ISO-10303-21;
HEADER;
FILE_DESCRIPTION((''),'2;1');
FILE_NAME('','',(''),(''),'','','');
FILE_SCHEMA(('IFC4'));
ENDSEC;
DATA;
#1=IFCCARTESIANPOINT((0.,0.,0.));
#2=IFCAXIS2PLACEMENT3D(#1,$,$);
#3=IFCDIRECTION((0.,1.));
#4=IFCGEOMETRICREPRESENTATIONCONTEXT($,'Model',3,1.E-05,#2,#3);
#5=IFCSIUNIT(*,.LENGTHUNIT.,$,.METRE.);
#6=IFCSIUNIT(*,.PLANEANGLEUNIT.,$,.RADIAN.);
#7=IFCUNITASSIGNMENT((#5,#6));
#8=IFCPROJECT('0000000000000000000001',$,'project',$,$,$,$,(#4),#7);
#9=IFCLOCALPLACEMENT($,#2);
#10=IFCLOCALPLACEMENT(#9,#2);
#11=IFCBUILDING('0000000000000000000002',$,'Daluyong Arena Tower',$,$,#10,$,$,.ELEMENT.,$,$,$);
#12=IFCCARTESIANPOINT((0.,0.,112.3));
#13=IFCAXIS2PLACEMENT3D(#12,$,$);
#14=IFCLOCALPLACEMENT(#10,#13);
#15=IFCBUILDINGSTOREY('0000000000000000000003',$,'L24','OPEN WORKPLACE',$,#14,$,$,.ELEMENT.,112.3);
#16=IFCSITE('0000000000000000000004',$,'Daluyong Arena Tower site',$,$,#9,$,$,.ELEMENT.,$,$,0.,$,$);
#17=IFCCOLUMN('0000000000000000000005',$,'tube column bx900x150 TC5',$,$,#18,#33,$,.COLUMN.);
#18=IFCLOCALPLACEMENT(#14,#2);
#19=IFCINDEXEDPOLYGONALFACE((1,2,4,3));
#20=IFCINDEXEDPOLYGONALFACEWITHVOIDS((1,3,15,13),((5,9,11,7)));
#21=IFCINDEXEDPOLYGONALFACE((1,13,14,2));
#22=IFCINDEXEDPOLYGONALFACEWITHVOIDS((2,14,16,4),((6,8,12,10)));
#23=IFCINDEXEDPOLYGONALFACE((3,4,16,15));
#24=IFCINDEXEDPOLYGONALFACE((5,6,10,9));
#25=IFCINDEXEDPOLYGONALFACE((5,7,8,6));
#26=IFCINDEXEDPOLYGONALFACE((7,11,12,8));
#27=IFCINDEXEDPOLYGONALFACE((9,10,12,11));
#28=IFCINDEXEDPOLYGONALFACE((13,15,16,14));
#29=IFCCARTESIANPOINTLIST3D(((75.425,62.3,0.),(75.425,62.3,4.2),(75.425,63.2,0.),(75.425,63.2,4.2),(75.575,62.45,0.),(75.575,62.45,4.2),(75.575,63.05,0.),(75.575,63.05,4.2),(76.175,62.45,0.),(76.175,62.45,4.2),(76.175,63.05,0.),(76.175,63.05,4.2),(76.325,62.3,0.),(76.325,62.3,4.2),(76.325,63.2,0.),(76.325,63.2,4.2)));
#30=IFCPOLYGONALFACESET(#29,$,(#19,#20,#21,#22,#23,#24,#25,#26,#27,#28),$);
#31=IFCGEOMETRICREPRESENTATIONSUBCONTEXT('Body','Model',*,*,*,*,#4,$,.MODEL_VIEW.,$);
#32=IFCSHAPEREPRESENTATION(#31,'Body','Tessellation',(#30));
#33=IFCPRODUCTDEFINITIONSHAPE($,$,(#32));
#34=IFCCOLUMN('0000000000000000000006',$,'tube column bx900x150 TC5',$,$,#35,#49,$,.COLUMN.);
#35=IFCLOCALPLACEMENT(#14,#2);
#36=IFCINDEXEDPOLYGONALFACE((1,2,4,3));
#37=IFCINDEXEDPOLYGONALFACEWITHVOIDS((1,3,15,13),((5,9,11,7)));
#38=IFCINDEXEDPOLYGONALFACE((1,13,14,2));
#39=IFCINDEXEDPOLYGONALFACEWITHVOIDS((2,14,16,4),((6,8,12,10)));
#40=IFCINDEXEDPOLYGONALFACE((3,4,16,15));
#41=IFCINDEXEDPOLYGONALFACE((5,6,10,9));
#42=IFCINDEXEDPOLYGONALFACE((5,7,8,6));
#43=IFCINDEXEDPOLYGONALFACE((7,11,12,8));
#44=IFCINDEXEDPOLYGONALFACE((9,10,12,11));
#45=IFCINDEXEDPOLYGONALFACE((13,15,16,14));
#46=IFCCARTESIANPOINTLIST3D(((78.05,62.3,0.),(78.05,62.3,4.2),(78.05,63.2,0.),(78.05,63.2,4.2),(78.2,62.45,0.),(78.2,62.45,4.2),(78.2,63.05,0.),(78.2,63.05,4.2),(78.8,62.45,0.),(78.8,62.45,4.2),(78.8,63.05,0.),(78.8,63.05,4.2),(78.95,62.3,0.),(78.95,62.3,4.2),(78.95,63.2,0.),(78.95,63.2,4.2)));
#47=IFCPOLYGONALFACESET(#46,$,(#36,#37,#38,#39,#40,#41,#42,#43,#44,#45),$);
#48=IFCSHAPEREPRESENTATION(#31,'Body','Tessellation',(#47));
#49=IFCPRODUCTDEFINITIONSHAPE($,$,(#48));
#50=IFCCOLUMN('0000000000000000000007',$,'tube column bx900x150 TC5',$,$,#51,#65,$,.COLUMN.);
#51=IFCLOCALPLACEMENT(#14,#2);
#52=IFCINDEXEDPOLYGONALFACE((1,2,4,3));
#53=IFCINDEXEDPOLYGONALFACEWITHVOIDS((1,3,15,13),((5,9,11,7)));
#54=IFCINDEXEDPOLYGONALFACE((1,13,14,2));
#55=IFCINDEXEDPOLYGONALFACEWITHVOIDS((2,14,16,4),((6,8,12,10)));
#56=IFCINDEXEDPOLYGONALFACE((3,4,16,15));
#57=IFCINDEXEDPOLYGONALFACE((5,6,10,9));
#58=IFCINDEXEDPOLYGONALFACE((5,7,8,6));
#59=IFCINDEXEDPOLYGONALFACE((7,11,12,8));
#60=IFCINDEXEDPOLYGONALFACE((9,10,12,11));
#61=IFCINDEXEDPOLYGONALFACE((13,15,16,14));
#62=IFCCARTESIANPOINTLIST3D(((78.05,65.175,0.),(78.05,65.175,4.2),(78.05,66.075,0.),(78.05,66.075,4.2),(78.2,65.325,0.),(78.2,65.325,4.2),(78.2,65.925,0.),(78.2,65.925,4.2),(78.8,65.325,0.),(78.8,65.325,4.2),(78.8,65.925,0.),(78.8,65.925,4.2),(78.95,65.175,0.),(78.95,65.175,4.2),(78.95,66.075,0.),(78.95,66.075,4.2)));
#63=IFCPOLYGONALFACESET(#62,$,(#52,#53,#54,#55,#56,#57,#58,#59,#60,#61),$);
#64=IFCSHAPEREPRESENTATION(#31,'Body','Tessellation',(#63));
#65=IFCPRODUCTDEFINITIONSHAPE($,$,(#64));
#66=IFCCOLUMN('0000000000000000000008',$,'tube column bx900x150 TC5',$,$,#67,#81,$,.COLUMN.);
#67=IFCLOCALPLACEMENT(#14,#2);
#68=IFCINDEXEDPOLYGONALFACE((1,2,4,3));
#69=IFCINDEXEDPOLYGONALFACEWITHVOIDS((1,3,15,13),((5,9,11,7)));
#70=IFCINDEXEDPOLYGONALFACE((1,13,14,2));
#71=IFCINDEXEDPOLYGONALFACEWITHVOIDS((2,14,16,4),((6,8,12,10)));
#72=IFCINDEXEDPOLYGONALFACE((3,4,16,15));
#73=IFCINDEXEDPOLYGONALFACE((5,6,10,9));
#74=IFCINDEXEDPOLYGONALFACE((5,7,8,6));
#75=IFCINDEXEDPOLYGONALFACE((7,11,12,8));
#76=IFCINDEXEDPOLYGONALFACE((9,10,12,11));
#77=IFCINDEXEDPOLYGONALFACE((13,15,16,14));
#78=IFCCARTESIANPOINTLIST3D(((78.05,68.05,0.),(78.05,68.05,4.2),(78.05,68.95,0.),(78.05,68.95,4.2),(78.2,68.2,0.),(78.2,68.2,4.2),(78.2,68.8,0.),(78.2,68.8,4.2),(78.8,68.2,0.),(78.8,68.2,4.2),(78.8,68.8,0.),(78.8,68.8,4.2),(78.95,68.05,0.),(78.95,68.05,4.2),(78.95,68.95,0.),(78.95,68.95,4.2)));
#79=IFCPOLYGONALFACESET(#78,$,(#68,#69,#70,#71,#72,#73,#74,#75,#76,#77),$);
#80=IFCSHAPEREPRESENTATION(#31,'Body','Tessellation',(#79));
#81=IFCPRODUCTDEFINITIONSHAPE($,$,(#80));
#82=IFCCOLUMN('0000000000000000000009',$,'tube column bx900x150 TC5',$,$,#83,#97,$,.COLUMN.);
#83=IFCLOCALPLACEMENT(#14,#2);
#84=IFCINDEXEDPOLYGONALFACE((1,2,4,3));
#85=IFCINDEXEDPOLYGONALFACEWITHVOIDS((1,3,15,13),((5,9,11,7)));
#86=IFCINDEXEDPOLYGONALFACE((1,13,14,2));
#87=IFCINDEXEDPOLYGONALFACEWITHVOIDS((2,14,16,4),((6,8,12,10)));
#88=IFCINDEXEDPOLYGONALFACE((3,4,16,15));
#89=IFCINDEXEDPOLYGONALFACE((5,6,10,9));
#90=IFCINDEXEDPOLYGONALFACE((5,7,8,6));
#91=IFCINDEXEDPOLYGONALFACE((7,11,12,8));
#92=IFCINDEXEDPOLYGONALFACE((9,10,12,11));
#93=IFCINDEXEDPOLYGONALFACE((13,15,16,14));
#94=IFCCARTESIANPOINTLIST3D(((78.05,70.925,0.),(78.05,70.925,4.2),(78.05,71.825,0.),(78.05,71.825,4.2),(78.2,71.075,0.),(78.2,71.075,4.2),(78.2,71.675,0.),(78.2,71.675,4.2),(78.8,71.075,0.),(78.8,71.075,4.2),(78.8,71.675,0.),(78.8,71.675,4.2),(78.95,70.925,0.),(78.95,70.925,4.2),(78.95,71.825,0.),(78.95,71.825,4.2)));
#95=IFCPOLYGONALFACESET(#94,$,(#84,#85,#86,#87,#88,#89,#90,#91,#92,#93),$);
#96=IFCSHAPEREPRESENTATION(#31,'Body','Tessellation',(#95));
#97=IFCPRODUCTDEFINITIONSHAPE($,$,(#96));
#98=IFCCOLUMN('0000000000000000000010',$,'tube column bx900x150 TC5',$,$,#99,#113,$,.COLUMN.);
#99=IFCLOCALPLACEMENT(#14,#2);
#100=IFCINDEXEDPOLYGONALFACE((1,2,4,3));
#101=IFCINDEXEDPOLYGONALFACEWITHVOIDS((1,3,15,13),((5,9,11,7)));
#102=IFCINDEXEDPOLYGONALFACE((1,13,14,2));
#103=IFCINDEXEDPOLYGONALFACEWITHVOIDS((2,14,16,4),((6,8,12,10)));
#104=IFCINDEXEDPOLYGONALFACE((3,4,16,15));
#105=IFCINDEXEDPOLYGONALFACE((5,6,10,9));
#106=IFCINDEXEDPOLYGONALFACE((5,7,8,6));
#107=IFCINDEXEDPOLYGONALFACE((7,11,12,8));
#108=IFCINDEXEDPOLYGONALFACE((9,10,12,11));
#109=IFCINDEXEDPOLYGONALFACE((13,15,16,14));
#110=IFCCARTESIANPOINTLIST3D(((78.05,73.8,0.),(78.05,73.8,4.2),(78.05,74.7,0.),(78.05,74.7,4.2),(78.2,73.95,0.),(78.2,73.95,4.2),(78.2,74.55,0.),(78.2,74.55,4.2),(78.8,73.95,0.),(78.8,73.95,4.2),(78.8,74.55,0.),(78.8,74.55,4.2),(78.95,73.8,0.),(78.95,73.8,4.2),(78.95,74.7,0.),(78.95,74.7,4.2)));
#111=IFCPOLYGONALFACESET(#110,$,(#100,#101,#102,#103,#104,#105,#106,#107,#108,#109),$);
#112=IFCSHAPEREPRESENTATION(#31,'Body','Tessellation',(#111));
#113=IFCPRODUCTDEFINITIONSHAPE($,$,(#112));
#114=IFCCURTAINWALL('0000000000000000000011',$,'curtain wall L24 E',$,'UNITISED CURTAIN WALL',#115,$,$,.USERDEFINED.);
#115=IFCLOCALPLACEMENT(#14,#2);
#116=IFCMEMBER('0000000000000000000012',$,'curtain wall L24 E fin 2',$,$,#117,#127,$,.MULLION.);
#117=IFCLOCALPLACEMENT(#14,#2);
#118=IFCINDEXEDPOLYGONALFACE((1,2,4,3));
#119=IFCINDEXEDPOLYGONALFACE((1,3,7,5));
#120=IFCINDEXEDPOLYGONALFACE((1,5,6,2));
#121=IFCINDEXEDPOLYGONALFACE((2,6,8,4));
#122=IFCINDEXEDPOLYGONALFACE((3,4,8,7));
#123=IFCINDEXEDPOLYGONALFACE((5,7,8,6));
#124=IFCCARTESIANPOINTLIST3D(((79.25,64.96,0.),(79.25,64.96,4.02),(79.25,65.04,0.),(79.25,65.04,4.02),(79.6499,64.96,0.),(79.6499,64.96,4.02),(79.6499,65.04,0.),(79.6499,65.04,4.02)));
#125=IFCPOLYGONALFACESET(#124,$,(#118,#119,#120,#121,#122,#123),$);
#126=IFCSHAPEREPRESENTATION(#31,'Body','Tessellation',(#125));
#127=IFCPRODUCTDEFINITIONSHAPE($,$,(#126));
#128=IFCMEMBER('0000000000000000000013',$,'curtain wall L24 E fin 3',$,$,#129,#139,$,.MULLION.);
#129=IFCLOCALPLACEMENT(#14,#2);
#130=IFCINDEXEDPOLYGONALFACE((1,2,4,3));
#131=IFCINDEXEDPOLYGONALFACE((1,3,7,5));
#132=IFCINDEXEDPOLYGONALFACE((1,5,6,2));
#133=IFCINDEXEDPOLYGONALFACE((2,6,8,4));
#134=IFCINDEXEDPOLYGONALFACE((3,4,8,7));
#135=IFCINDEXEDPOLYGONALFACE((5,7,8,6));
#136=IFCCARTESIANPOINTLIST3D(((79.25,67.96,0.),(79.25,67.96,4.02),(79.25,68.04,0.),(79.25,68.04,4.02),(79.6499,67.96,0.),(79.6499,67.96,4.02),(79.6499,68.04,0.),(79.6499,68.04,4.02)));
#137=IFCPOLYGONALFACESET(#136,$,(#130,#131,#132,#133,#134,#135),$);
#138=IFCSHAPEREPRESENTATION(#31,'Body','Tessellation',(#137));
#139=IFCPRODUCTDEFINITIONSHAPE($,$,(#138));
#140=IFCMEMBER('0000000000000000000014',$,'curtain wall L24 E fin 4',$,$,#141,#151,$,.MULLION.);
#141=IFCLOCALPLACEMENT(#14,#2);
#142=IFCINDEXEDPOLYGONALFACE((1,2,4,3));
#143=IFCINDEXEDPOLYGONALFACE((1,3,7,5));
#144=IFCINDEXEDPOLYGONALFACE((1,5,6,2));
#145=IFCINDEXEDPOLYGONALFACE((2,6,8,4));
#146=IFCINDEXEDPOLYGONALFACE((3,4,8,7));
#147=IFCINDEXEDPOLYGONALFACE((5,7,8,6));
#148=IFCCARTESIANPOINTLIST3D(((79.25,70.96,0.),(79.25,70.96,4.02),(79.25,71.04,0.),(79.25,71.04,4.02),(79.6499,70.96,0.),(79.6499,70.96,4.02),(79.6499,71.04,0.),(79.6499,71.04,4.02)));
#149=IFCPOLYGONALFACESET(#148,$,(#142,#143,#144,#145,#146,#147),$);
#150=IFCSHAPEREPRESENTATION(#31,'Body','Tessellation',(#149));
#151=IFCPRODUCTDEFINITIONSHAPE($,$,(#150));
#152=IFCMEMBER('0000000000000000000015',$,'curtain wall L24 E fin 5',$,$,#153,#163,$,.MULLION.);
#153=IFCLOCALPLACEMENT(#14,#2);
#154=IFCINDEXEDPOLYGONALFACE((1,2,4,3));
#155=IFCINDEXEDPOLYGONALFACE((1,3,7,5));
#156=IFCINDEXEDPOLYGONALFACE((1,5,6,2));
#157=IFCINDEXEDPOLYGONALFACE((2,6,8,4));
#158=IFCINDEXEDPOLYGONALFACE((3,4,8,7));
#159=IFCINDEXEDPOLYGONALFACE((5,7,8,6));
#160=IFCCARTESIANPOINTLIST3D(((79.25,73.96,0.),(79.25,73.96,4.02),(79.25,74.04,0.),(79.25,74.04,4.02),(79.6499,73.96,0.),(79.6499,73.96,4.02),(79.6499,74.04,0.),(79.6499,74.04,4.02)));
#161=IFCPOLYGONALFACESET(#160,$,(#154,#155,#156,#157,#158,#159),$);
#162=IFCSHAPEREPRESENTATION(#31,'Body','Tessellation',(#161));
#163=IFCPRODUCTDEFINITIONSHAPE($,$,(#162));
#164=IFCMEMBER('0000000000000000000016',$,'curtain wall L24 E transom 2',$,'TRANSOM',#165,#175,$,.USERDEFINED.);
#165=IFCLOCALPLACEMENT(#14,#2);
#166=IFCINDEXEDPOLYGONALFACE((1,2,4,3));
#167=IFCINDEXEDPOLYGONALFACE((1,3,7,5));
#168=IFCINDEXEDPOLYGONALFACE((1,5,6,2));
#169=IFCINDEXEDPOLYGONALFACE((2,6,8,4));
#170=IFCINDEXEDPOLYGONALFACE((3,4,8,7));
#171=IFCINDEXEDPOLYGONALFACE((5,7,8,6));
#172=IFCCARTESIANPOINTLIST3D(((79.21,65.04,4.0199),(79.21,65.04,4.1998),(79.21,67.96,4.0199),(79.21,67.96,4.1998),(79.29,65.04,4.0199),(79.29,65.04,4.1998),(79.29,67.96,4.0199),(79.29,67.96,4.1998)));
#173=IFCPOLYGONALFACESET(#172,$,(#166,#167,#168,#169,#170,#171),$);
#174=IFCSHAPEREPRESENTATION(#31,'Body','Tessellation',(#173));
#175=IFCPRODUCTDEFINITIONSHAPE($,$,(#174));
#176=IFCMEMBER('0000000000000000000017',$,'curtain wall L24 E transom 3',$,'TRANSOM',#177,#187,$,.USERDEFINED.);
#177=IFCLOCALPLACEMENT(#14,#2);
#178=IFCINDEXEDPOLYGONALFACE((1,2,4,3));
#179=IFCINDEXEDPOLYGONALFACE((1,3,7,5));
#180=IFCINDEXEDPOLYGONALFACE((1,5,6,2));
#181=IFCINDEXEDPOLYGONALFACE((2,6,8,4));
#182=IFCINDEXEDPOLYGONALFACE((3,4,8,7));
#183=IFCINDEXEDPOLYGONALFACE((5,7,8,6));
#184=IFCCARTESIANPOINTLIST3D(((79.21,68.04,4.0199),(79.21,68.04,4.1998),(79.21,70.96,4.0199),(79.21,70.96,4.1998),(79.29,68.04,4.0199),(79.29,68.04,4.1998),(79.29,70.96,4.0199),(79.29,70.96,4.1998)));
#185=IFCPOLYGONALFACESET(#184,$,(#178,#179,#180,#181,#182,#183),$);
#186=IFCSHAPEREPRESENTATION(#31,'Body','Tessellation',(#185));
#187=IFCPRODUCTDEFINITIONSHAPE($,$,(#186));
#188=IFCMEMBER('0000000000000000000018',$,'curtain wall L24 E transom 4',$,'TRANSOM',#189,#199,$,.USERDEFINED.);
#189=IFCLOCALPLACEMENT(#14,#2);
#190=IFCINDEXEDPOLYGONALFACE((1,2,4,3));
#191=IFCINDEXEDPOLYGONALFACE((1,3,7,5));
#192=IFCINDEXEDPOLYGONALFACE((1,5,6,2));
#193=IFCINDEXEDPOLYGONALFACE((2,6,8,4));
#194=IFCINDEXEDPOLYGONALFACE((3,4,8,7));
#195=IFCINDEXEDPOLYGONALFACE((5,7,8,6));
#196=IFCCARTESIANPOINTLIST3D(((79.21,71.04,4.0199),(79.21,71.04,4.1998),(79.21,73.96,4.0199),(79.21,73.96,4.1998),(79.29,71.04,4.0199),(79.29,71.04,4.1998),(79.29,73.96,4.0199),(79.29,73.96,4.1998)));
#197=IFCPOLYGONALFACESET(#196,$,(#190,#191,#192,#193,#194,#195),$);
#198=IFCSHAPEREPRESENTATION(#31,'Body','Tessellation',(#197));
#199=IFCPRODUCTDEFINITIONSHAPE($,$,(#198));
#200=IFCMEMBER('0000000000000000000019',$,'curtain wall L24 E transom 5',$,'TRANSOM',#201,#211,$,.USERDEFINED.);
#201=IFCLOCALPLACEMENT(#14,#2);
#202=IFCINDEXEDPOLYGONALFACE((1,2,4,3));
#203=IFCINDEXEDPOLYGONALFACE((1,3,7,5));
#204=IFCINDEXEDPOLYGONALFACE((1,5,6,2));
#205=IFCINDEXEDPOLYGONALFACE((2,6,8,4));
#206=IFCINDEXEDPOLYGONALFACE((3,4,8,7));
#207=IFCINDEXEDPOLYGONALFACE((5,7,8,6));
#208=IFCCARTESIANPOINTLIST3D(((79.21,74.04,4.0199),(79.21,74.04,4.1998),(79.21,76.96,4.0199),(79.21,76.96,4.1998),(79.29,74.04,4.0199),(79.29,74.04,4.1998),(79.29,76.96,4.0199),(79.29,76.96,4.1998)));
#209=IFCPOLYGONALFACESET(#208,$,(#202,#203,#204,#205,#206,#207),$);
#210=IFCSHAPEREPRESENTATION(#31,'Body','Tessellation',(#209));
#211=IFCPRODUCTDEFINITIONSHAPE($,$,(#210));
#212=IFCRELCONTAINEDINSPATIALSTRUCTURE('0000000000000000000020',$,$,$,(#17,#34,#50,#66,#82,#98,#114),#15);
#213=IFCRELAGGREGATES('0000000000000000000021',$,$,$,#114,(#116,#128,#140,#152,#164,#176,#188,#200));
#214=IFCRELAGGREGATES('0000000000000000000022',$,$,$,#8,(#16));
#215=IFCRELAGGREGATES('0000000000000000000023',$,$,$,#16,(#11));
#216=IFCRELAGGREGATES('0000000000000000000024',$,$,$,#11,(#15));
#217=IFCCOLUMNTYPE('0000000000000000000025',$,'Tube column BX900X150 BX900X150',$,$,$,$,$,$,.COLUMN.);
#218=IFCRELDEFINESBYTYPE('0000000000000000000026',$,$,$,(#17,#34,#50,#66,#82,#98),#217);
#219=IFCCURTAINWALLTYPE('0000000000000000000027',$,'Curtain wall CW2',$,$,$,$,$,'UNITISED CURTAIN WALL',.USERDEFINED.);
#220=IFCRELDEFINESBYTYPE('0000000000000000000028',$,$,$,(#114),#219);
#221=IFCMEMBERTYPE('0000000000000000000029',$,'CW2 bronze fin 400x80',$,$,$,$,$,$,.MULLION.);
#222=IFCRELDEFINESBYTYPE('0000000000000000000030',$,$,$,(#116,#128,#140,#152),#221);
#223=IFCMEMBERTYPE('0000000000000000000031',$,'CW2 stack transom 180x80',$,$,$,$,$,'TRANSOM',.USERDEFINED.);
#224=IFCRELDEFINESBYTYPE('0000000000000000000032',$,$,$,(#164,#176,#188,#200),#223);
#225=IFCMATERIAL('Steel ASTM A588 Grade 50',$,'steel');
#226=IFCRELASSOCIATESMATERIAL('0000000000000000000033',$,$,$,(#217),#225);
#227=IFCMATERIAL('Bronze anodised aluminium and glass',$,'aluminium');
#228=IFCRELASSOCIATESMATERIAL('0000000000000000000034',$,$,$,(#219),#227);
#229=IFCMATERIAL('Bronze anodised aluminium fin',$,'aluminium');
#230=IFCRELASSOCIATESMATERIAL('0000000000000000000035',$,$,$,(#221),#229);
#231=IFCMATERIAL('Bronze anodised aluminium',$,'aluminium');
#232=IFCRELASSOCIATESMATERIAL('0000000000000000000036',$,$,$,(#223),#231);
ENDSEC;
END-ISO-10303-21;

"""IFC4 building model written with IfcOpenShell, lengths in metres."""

from ifc_helpers import new_model, si_unit, direction, frame, origin, origin_2d, place, context, subcontext, project, spatial, rectangle, hollow_rectangle, extrude, material, material_profile, profile_set, type_object, element, aggregate, save


model = new_model("IFC4")

# Units and contexts
model_context = context("Model", 3, precision=1e-05, world=origin(), true_north=direction((0.0, 1.0)))
body_context = subcontext(model_context, "Body", "Model", "MODEL_VIEW")
ifc_project = project(units=[si_unit("LENGTHUNIT", "METRE"), si_unit("PLANEANGLEUNIT", "RADIAN")], contexts=[model_context])

# Site, building, storey
site_placement = place(None, origin())
site = spatial("IfcSite", under=ifc_project, at=site_placement, Name="Daluyong Arena Tower site", CompositionType="ELEMENT", RefElevation=0.0)
building_placement = place(site_placement, origin())
building = spatial("IfcBuilding", under=site, at=building_placement, Name="Daluyong Arena Tower", CompositionType="ELEMENT")
storey_placement = place(building_placement, frame((0.0, 0.0, 112.3)))
storey = spatial("IfcBuildingStorey", under=building, at=storey_placement, Name="L24", Description="OPEN WORKPLACE", CompositionType="ELEMENT", Elevation=112.3)

# Columns
ifc_material_1 = material(Name="Steel ASTM A588 Grade 50", Category="steel")
ifc_material_profile_1 = material_profile(ifc_material_1, hollow_rectangle(XDim=0.8999, YDim=0.8999, WallThickness=0.15, at=origin_2d()))
ifc_profile_set_1 = profile_set([ifc_material_profile_1], Name="Steel ASTM A588 Grade 50")
column_type = type_object("IfcColumnType", Name="Tube column BX900X150 BX900X150", PredefinedType="COLUMN", material=ifc_profile_set_1)
for number, where, z_axis, x_axis, name in (
    (1, (75.875, 62.75, 0.0), (0.0, 0.0, 1.0), (1.0, 0.0, 0.0), "tube column bx900x150 TC5"),
    (2, (78.5, 62.75, 0.0), (0.0, 0.0, 1.0), (0.0, 1.0, 0.0), "tube column bx900x150 TC5"),
    (3, (78.5, 65.625, 0.0), (0.0, 0.0, 1.0), (0.0, 1.0, 0.0), "tube column bx900x150 TC5"),
    (4, (78.5, 68.5, 0.0), (0.0, 0.0, 1.0), (0.0, 1.0, 0.0), "tube column bx900x150 TC5"),
    (5, (78.5, 71.375, 0.0), (0.0, 0.0, 1.0), (0.0, 1.0, 0.0), "tube column bx900x150 TC5"),
    (6, (78.5, 74.25, 0.0), (0.0, 0.0, 1.0), (0.0, 1.0, 0.0), "tube column bx900x150 TC5"),
):
    element("IfcColumn", number, at=place(storey_placement, frame(where, z_axis=z_axis, x_axis=x_axis)), inside=storey, type_object=column_type, Name=name, PredefinedType="COLUMN", context=body_context, shape_type="SweptSolid", body=[
        extrude(hollow_rectangle(XDim=0.8999, YDim=0.8999, WallThickness=0.15, at=origin_2d()), origin(), (0.0, 0.0, 1.0), 4.2),
    ])

# Curtain wall, members
ifc_material_2 = material(Name="Bronze anodised aluminium and glass", Category="aluminium")
curtain_wall_type = type_object("IfcCurtainWallType", Name="Curtain wall CW2", ElementType="UNITISED CURTAIN WALL", PredefinedType="USERDEFINED", material=ifc_material_2)
curtain_wall_placement = place(storey_placement, origin())
curtain_wall = element("IfcCurtainWall", 7, at=curtain_wall_placement, inside=storey, type_object=curtain_wall_type, Name="curtain wall L24 E", ObjectType="UNITISED CURTAIN WALL", PredefinedType="USERDEFINED")
ifc_material_3 = material(Name="Bronze anodised aluminium fin", Category="aluminium")
ifc_material_profile_2 = material_profile(ifc_material_3, rectangle(XDim=0.3999, YDim=0.0801, at=origin_2d()))
ifc_profile_set_2 = profile_set([ifc_material_profile_2], Name="Bronze anodised aluminium fin")
member_type_1 = type_object("IfcMemberType", Name="CW2 bronze fin 400x80", PredefinedType="MULLION", material=ifc_profile_set_2)
member_1_placement = place(storey_placement, frame((79.45, 65.0, 0.0), z_axis=(0.0, 0.0, 1.0), x_axis=(-1.0, 0.0, 0.0)))
member_1 = element("IfcMember", 8, at=member_1_placement, type_object=member_type_1, Name="curtain wall L24 E fin 2", PredefinedType="MULLION", context=body_context, shape_type="SweptSolid", body=[
    extrude(rectangle(XDim=0.3999, YDim=0.0801, at=origin_2d()), origin(), (0.0, 0.0, 1.0), 4.02),
])
member_2_placement = place(storey_placement, frame((79.45, 68.0, 0.0), z_axis=(0.0, 0.0, 1.0), x_axis=(-1.0, 0.0, 0.0)))
member_2 = element("IfcMember", 9, at=member_2_placement, type_object=member_type_1, Name="curtain wall L24 E fin 3", PredefinedType="MULLION", context=body_context, shape_type="SweptSolid", body=[
    extrude(rectangle(XDim=0.3999, YDim=0.0801, at=origin_2d()), origin(), (0.0, 0.0, 1.0), 4.02),
])
member_3_placement = place(storey_placement, frame((79.45, 71.0, 0.0), z_axis=(0.0, 0.0, 1.0), x_axis=(-1.0, 0.0, 0.0)))
member_3 = element("IfcMember", 10, at=member_3_placement, type_object=member_type_1, Name="curtain wall L24 E fin 4", PredefinedType="MULLION", context=body_context, shape_type="SweptSolid", body=[
    extrude(rectangle(XDim=0.3999, YDim=0.0801, at=origin_2d()), origin(), (0.0, 0.0, 1.0), 4.02),
])
member_4_placement = place(storey_placement, frame((79.45, 74.0, 0.0), z_axis=(0.0, 0.0, 1.0), x_axis=(-1.0, 0.0, 0.0)))
member_4 = element("IfcMember", 11, at=member_4_placement, type_object=member_type_1, Name="curtain wall L24 E fin 5", PredefinedType="MULLION", context=body_context, shape_type="SweptSolid", body=[
    extrude(rectangle(XDim=0.3999, YDim=0.0801, at=origin_2d()), origin(), (0.0, 0.0, 1.0), 4.02),
])
ifc_material_4 = material(Name="Bronze anodised aluminium", Category="aluminium")
ifc_material_profile_3 = material_profile(ifc_material_4, rectangle(XDim=0.0801, YDim=0.1799, at=origin_2d()))
ifc_profile_set_3 = profile_set([ifc_material_profile_3], Name="Bronze anodised aluminium")
member_type_2 = type_object("IfcMemberType", Name="CW2 stack transom 180x80", ElementType="TRANSOM", PredefinedType="USERDEFINED", material=ifc_profile_set_3)
member_5_placement = place(storey_placement, frame((79.25, 65.04, 4.1099), z_axis=(0.0, 1.0, 0.0), x_axis=(-1.0, 0.0, 0.0)))
member_5 = element("IfcMember", 12, at=member_5_placement, type_object=member_type_2, Name="curtain wall L24 E transom 2", ObjectType="TRANSOM", PredefinedType="USERDEFINED", context=body_context, shape_type="SweptSolid", body=[
    extrude(rectangle(XDim=0.0801, YDim=0.1799, at=origin_2d()), origin(), (0.0, 0.0, 1.0), 2.9199),
])
member_6_placement = place(storey_placement, frame((79.25, 68.04, 4.1099), z_axis=(0.0, 1.0, 0.0), x_axis=(-1.0, 0.0, 0.0)))
member_6 = element("IfcMember", 13, at=member_6_placement, type_object=member_type_2, Name="curtain wall L24 E transom 3", ObjectType="TRANSOM", PredefinedType="USERDEFINED", context=body_context, shape_type="SweptSolid", body=[
    extrude(rectangle(XDim=0.0801, YDim=0.1799, at=origin_2d()), origin(), (0.0, 0.0, 1.0), 2.9199),
])
member_7_placement = place(storey_placement, frame((79.25, 71.04, 4.1099), z_axis=(0.0, 1.0, 0.0), x_axis=(-1.0, 0.0, 0.0)))
member_7 = element("IfcMember", 14, at=member_7_placement, type_object=member_type_2, Name="curtain wall L24 E transom 4", ObjectType="TRANSOM", PredefinedType="USERDEFINED", context=body_context, shape_type="SweptSolid", body=[
    extrude(rectangle(XDim=0.0801, YDim=0.1799, at=origin_2d()), origin(), (0.0, 0.0, 1.0), 2.9199),
])
member_8_placement = place(storey_placement, frame((79.25, 74.04, 4.1099), z_axis=(0.0, 1.0, 0.0), x_axis=(-1.0, 0.0, 0.0)))
member_8 = element("IfcMember", 15, at=member_8_placement, type_object=member_type_2, Name="curtain wall L24 E transom 5", ObjectType="TRANSOM", PredefinedType="USERDEFINED", context=body_context, shape_type="SweptSolid", body=[
    extrude(rectangle(XDim=0.0801, YDim=0.1799, at=origin_2d()), origin(), (0.0, 0.0, 1.0), 2.9199),
])

aggregate(curtain_wall, [member_1, member_2, member_3, member_4, member_5, member_6, member_7, member_8])

save(model, "model.ifc")
